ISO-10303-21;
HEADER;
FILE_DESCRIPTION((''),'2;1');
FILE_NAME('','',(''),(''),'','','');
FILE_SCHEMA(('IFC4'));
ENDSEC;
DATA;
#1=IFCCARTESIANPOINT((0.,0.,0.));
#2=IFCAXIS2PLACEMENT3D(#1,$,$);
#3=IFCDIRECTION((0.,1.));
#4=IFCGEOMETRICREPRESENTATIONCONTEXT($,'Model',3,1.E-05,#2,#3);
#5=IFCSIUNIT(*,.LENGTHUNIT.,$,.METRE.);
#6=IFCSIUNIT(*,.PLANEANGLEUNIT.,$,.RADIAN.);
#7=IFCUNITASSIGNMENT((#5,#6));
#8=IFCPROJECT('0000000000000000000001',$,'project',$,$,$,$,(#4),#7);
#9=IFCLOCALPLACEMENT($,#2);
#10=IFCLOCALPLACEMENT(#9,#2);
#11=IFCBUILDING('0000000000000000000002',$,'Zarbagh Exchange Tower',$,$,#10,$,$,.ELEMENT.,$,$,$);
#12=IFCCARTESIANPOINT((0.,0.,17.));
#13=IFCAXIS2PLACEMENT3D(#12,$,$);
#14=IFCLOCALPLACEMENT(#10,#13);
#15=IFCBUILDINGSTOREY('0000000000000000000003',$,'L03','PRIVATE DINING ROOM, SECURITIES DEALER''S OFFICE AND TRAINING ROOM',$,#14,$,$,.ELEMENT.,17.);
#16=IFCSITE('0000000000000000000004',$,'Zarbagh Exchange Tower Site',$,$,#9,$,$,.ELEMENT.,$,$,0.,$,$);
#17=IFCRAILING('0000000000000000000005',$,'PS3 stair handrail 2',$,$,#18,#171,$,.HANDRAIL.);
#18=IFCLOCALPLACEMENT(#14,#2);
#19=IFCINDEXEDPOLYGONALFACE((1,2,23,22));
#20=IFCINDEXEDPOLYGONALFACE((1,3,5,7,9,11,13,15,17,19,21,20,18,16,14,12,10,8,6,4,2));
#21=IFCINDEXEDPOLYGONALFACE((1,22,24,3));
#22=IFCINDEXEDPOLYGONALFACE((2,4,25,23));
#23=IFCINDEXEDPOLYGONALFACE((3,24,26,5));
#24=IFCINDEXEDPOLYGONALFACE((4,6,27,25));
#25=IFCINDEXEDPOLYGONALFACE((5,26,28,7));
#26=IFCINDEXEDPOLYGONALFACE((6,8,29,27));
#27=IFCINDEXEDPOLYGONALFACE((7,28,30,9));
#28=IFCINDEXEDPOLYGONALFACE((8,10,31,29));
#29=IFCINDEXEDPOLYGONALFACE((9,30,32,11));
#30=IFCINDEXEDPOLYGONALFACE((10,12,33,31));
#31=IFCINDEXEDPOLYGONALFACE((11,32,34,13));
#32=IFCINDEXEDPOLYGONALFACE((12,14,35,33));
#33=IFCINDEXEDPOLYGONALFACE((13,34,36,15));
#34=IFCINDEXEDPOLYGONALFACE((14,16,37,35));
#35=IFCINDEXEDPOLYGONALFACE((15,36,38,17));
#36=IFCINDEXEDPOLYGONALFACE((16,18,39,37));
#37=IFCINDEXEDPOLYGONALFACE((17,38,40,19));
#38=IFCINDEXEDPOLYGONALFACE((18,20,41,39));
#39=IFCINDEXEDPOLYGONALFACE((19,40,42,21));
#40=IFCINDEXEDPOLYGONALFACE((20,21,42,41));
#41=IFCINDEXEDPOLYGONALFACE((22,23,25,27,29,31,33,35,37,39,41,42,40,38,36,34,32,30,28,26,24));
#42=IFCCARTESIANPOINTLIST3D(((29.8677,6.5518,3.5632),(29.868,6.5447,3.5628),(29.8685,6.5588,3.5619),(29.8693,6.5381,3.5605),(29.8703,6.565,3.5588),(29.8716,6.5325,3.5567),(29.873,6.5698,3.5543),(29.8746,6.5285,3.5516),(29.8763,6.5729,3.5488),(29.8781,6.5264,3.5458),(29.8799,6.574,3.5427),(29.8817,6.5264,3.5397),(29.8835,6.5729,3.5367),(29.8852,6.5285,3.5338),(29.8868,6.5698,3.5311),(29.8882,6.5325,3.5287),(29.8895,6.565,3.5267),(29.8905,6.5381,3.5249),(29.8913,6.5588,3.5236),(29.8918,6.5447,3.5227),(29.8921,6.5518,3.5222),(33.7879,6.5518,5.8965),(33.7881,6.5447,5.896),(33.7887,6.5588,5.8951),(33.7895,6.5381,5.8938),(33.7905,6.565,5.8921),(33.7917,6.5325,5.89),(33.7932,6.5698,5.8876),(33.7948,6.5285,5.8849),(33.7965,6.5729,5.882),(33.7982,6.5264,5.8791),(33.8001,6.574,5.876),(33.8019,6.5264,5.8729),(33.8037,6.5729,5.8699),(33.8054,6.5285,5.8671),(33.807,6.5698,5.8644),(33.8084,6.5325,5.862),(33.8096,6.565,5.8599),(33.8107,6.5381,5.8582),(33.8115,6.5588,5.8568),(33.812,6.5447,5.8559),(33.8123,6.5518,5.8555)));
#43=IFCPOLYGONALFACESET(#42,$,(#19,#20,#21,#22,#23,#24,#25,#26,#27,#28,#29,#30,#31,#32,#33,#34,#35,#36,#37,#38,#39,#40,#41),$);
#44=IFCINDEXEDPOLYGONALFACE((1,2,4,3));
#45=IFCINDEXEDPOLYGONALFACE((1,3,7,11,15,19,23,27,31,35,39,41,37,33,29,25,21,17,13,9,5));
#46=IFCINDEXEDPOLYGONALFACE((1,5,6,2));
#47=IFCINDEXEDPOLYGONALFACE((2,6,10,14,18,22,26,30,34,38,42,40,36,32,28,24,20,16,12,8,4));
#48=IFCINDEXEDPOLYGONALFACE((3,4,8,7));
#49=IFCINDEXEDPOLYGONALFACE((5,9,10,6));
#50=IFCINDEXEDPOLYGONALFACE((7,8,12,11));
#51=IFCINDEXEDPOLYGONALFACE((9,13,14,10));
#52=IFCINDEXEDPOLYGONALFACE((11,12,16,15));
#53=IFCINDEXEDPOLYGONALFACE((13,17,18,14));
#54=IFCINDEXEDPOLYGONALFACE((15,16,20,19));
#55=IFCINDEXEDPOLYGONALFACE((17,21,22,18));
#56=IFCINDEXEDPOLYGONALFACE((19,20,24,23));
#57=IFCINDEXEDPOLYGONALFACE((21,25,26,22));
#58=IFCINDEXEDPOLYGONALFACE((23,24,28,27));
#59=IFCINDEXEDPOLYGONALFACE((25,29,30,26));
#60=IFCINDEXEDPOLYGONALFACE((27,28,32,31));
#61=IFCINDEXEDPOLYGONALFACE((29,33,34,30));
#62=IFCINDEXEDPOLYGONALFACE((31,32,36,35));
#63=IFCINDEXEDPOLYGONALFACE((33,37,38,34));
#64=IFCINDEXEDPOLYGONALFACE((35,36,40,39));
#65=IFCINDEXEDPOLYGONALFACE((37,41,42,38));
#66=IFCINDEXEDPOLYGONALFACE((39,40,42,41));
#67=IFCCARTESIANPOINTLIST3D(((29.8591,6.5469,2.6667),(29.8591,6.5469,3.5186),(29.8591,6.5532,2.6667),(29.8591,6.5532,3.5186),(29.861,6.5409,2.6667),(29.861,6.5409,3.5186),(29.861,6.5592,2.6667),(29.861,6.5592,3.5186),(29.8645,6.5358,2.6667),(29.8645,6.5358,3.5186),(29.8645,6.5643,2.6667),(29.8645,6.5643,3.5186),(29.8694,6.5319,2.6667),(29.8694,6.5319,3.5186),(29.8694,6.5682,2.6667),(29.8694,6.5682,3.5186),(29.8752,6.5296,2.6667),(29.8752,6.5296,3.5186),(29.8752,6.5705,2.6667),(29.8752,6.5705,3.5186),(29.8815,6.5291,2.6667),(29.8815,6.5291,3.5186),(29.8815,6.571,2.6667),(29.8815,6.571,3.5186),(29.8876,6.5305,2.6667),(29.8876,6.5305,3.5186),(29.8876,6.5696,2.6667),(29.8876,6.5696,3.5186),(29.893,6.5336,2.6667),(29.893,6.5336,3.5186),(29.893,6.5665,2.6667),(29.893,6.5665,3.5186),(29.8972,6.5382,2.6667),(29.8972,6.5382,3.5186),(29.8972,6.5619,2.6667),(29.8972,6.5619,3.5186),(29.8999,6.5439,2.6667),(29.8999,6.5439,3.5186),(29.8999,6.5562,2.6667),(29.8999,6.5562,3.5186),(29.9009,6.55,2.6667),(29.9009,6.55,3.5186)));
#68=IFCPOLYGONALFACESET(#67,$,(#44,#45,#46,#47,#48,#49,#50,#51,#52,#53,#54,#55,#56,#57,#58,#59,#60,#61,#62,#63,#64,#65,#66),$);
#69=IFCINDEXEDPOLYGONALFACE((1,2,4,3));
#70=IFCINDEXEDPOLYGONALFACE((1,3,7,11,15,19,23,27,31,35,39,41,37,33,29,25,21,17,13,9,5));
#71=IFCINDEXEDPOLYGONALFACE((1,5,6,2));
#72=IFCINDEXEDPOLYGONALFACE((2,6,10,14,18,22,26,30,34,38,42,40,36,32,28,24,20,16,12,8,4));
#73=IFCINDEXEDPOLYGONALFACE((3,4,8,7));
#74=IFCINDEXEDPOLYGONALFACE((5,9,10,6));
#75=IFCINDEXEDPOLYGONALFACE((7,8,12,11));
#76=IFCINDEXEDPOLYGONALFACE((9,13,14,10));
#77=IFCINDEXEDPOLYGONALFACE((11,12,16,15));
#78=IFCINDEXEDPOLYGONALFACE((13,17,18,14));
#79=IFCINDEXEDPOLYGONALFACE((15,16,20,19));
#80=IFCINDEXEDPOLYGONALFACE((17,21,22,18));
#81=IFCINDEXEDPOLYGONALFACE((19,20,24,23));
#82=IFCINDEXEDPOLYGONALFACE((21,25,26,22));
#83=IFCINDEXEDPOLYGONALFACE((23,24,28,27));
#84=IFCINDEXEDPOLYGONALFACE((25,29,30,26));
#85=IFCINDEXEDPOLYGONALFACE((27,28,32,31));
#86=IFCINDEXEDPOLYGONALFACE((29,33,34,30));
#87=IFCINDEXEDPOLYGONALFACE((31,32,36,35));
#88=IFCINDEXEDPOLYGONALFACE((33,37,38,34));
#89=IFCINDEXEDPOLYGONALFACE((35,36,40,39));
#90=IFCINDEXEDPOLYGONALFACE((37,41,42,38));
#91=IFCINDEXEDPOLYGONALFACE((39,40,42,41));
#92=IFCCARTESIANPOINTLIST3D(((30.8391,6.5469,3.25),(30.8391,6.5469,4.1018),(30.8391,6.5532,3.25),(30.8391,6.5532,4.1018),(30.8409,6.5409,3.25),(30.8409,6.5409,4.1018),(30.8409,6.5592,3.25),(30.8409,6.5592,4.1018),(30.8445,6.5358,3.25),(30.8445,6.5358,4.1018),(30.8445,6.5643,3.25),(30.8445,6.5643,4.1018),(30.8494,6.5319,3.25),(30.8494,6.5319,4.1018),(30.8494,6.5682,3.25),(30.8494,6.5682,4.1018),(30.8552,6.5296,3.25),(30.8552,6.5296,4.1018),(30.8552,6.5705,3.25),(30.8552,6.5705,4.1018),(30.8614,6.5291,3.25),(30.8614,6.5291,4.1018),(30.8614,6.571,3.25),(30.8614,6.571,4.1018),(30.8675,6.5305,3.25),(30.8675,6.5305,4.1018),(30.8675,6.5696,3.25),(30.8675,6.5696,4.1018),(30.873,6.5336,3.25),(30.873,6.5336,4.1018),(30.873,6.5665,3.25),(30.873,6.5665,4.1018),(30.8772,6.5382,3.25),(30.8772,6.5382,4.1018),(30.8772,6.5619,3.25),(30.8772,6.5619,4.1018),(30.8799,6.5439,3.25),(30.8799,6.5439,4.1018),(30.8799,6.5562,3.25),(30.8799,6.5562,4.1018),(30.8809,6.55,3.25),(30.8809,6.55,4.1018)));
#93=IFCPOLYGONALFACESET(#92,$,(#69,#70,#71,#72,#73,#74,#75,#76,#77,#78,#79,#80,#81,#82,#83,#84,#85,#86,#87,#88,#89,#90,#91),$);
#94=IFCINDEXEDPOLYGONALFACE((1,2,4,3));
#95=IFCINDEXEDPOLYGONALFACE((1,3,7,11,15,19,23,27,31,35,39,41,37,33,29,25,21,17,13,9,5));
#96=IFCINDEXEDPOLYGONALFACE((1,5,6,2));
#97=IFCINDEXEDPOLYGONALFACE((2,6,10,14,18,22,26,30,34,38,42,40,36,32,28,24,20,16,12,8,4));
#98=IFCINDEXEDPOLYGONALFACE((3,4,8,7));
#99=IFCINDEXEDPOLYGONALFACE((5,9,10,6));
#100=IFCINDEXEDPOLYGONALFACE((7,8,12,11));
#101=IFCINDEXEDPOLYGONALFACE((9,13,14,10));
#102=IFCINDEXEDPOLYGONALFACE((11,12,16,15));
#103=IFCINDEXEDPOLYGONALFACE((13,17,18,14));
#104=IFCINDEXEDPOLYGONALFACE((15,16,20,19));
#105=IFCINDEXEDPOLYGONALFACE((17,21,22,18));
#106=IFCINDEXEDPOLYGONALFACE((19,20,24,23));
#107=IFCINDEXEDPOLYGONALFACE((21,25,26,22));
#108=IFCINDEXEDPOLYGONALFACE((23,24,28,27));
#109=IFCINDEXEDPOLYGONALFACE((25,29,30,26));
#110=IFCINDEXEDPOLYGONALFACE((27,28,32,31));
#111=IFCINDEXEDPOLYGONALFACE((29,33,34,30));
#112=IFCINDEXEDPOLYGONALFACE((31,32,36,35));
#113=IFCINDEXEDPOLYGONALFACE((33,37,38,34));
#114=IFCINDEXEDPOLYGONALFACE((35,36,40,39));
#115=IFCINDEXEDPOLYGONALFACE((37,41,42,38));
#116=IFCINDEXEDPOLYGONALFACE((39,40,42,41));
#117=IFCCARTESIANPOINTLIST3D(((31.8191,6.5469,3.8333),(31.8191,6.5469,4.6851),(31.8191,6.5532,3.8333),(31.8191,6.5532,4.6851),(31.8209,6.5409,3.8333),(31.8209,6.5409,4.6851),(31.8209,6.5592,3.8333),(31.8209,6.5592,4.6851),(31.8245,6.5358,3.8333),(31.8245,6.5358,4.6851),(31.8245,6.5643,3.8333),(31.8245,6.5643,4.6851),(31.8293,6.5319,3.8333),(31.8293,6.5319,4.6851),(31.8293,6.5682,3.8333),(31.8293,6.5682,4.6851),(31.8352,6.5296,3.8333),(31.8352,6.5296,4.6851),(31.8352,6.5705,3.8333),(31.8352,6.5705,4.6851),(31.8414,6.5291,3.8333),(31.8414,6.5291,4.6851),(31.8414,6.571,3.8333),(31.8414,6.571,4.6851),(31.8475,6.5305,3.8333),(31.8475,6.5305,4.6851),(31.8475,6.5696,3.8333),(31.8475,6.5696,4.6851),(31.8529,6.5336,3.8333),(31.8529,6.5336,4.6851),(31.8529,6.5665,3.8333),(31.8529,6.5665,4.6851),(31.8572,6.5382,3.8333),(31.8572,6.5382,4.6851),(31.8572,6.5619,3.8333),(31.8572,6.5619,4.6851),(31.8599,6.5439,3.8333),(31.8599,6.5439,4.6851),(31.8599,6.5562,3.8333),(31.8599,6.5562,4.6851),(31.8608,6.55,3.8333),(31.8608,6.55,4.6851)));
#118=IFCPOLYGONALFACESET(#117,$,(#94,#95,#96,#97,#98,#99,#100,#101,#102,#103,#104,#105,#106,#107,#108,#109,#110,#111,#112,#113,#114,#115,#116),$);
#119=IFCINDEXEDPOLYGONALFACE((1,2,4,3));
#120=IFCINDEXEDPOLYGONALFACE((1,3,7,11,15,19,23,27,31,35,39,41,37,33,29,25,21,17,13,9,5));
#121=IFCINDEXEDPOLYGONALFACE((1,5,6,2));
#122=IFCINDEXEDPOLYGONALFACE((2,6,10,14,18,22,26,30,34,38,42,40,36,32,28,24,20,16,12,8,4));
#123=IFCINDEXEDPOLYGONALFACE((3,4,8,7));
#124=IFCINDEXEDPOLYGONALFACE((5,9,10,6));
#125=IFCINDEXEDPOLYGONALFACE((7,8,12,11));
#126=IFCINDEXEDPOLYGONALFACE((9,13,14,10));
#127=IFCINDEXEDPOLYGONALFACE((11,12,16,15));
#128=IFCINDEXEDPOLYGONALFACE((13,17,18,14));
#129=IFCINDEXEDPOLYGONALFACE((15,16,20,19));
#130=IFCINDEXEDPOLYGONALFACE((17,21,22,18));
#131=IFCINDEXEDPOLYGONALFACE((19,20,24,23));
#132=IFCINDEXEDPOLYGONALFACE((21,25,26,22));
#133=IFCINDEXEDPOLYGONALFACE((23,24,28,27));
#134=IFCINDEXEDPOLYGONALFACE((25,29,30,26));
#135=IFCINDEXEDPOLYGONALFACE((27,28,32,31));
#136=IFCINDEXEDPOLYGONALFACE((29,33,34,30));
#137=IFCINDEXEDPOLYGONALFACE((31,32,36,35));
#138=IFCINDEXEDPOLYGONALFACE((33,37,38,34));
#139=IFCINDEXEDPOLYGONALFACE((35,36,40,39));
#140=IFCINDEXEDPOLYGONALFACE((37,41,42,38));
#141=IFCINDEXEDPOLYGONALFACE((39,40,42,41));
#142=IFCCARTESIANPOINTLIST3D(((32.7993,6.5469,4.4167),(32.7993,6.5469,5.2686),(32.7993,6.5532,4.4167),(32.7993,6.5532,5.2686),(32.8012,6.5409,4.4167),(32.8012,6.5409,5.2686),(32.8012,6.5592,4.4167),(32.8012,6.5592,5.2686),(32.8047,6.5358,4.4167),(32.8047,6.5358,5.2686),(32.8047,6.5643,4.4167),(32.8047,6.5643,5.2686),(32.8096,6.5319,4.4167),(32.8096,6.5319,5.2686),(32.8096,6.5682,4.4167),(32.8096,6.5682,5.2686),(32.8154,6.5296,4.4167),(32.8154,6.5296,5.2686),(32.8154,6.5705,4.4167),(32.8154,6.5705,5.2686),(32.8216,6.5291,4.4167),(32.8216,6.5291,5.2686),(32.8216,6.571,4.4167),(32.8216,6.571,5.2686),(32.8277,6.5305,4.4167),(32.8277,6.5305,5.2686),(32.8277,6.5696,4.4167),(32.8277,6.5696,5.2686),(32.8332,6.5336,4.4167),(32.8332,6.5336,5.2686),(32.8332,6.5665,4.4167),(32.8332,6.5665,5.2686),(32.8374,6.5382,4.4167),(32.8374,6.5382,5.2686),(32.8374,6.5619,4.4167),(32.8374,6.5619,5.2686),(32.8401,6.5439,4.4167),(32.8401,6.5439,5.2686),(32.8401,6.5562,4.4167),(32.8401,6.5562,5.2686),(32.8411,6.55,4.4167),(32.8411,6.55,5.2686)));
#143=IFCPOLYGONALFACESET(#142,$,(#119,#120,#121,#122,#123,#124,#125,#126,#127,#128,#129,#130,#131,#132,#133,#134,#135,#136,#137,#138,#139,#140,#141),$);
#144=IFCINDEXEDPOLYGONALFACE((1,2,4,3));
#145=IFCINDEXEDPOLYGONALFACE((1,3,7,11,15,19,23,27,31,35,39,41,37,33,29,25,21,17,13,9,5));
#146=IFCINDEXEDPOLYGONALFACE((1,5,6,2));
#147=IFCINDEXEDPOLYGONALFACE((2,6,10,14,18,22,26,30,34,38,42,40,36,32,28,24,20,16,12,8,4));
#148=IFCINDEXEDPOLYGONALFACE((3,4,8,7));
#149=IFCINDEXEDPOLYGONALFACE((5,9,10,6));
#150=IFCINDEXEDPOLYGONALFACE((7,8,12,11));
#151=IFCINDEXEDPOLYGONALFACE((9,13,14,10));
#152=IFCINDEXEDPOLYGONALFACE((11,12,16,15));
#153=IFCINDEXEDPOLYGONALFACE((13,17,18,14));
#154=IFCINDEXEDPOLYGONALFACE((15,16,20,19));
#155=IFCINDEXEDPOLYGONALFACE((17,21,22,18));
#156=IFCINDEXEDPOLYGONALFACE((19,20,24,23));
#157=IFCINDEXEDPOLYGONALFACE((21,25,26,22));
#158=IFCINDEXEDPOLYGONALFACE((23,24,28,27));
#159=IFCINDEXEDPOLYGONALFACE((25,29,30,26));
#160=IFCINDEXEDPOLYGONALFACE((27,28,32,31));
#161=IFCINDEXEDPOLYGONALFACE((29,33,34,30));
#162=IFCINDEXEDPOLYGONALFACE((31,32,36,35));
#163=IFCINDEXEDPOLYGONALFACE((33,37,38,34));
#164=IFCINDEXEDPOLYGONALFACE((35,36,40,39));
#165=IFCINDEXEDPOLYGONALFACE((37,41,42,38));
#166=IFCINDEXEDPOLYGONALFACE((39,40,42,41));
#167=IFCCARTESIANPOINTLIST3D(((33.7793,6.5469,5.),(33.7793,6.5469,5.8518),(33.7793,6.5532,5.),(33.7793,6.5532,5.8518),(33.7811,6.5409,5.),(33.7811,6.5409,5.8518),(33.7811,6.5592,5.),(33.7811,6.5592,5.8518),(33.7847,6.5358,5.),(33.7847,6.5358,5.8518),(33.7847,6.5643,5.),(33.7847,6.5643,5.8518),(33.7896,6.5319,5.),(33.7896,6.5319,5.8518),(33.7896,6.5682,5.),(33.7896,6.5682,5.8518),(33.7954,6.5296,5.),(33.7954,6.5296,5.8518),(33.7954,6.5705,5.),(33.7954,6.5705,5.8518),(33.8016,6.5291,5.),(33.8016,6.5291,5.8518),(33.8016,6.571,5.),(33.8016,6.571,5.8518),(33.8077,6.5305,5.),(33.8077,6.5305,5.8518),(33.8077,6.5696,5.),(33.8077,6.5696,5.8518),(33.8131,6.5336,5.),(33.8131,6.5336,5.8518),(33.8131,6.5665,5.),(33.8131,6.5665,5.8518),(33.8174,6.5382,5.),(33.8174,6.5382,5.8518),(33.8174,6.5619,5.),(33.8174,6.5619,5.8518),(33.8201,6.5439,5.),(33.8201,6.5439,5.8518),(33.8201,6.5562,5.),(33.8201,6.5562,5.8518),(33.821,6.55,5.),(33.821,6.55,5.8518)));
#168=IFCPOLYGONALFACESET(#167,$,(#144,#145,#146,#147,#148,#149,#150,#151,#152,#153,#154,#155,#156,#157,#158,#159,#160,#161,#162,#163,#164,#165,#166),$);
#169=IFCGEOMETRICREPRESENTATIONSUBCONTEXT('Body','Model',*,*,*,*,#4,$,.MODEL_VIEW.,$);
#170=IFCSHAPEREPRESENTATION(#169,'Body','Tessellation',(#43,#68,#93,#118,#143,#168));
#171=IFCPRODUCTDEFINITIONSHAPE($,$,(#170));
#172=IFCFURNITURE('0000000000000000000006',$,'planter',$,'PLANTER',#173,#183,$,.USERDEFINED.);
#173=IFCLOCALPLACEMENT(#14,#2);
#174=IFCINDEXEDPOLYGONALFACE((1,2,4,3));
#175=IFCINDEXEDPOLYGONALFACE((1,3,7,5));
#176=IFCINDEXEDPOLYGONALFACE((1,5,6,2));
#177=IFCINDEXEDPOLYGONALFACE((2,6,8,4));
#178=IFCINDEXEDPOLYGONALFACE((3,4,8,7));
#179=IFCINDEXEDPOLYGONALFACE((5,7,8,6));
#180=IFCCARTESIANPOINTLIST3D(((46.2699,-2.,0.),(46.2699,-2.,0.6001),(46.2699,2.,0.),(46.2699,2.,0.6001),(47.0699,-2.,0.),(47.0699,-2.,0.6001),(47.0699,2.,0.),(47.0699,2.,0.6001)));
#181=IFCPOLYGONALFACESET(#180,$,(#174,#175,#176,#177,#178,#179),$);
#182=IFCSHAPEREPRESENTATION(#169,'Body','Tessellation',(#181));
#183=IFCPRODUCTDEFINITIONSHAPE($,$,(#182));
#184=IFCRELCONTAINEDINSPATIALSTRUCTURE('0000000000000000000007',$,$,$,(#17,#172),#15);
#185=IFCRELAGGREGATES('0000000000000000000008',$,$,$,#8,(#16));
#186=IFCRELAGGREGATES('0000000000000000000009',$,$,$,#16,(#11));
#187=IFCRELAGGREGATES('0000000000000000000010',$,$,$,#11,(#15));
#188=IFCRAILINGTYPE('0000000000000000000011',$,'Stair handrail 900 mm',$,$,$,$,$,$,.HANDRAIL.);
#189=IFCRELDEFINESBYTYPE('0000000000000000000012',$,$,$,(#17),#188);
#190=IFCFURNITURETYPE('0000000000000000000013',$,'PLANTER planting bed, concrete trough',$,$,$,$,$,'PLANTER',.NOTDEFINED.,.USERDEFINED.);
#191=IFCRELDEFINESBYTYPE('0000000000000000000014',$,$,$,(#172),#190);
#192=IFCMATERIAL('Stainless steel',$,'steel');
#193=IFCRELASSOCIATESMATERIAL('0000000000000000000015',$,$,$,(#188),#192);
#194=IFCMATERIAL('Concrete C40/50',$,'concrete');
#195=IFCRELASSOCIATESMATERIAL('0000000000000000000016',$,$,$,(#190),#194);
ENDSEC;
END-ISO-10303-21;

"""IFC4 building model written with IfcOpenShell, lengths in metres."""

from ifc_helpers import new_model, si_unit, direction, frame, origin, origin_2d, place, context, subcontext, project, spatial, rectangle, circle, extrude, material, type_object, element, save


model = new_model("IFC4")

# Units and contexts
model_context = context("Model", 3, precision=1e-05, world=origin(), true_north=direction((0.0, 1.0)))
body_context = subcontext(model_context, "Body", "Model", "MODEL_VIEW")
ifc_project = project(units=[si_unit("LENGTHUNIT", "METRE"), si_unit("PLANEANGLEUNIT", "RADIAN")], contexts=[model_context])

# Site, building, storey
site_placement = place(None, origin())
site = spatial("IfcSite", under=ifc_project, at=site_placement, Name="Zarbagh Exchange Tower Site", CompositionType="ELEMENT", RefElevation=0.0)
building_placement = place(site_placement, origin())
building = spatial("IfcBuilding", under=site, at=building_placement, Name="Zarbagh Exchange Tower", CompositionType="ELEMENT")
storey_placement = place(building_placement, frame((0.0, 0.0, 17.0)))
storey = spatial("IfcBuildingStorey", under=building, at=storey_placement, Name="L03", Description="PRIVATE DINING ROOM, SECURITIES DEALER'S OFFICE AND TRAINING ROOM", CompositionType="ELEMENT", Elevation=17.0)

# Shared definitions
ifc_material_1 = material(Name="Concrete C40/50", Category="concrete")

# Railing
ifc_material_2 = material(Name="Stainless steel", Category="steel")
railing_type_1 = type_object("IfcRailingType", Name="Stair handrail 900 mm", PredefinedType="HANDRAIL", material=ifc_material_2)
railing_1_placement = place(storey_placement, frame((29.8799, 6.55, 2.6667)))
element("IfcRailing", 1, at=railing_1_placement, inside=storey, type_object=railing_type_1, Name="PS3 stair handrail 2", PredefinedType="HANDRAIL", context=body_context, shape_type="SweptSolid", body=[
    extrude(circle(Radius=0.0239, at=origin_2d()), frame((0.0, 0.0, 0.876), z_axis=(0.85931, 0.0, 0.511455), x_axis=(0.0, 1.0, 0.0)), (0.0, 0.0, 1.0), 4.562),
    extrude(circle(Radius=0.021, at=origin_2d()), origin(), (0.0, 0.0, 1.0), 0.8518),
    extrude(circle(Radius=0.021, at=origin_2d()), frame((0.98, 0.0, 0.5833)), (0.0, 0.0, 1.0), 0.8518),
    extrude(circle(Radius=0.021, at=origin_2d()), frame((1.96, 0.0, 1.1665)), (0.0, 0.0, 1.0), 0.8518),
    extrude(circle(Radius=0.021, at=origin_2d()), frame((2.9402, 0.0, 1.75)), (0.0, 0.0, 1.0), 0.8518),
    extrude(circle(Radius=0.021, at=origin_2d()), frame((3.9202, 0.0, 2.3333)), (0.0, 0.0, 1.0), 0.8518),
])

# Furniture
furniture_type = type_object("IfcFurnitureType", Name="PLANTER planting bed, concrete trough", ElementType="PLANTER", AssemblyPlace="NOTDEFINED", PredefinedType="USERDEFINED", material=ifc_material_1)
furniture_placement = place(storey_placement, frame((46.6699, 0.0, 0.0), z_axis=(0.0, 0.0, 1.0), x_axis=(0.0, -1.0, 0.0)))
element("IfcFurniture", 2, at=furniture_placement, inside=storey, type_object=furniture_type, Name="planter", ObjectType="PLANTER", PredefinedType="USERDEFINED", context=body_context, shape_type="SweptSolid", body=[
    extrude(rectangle(XDim=4.0, YDim=0.8, at=origin_2d()), origin(), (0.0, 0.0, 1.0), 0.6001),
])

save(model, "model.ifc")
